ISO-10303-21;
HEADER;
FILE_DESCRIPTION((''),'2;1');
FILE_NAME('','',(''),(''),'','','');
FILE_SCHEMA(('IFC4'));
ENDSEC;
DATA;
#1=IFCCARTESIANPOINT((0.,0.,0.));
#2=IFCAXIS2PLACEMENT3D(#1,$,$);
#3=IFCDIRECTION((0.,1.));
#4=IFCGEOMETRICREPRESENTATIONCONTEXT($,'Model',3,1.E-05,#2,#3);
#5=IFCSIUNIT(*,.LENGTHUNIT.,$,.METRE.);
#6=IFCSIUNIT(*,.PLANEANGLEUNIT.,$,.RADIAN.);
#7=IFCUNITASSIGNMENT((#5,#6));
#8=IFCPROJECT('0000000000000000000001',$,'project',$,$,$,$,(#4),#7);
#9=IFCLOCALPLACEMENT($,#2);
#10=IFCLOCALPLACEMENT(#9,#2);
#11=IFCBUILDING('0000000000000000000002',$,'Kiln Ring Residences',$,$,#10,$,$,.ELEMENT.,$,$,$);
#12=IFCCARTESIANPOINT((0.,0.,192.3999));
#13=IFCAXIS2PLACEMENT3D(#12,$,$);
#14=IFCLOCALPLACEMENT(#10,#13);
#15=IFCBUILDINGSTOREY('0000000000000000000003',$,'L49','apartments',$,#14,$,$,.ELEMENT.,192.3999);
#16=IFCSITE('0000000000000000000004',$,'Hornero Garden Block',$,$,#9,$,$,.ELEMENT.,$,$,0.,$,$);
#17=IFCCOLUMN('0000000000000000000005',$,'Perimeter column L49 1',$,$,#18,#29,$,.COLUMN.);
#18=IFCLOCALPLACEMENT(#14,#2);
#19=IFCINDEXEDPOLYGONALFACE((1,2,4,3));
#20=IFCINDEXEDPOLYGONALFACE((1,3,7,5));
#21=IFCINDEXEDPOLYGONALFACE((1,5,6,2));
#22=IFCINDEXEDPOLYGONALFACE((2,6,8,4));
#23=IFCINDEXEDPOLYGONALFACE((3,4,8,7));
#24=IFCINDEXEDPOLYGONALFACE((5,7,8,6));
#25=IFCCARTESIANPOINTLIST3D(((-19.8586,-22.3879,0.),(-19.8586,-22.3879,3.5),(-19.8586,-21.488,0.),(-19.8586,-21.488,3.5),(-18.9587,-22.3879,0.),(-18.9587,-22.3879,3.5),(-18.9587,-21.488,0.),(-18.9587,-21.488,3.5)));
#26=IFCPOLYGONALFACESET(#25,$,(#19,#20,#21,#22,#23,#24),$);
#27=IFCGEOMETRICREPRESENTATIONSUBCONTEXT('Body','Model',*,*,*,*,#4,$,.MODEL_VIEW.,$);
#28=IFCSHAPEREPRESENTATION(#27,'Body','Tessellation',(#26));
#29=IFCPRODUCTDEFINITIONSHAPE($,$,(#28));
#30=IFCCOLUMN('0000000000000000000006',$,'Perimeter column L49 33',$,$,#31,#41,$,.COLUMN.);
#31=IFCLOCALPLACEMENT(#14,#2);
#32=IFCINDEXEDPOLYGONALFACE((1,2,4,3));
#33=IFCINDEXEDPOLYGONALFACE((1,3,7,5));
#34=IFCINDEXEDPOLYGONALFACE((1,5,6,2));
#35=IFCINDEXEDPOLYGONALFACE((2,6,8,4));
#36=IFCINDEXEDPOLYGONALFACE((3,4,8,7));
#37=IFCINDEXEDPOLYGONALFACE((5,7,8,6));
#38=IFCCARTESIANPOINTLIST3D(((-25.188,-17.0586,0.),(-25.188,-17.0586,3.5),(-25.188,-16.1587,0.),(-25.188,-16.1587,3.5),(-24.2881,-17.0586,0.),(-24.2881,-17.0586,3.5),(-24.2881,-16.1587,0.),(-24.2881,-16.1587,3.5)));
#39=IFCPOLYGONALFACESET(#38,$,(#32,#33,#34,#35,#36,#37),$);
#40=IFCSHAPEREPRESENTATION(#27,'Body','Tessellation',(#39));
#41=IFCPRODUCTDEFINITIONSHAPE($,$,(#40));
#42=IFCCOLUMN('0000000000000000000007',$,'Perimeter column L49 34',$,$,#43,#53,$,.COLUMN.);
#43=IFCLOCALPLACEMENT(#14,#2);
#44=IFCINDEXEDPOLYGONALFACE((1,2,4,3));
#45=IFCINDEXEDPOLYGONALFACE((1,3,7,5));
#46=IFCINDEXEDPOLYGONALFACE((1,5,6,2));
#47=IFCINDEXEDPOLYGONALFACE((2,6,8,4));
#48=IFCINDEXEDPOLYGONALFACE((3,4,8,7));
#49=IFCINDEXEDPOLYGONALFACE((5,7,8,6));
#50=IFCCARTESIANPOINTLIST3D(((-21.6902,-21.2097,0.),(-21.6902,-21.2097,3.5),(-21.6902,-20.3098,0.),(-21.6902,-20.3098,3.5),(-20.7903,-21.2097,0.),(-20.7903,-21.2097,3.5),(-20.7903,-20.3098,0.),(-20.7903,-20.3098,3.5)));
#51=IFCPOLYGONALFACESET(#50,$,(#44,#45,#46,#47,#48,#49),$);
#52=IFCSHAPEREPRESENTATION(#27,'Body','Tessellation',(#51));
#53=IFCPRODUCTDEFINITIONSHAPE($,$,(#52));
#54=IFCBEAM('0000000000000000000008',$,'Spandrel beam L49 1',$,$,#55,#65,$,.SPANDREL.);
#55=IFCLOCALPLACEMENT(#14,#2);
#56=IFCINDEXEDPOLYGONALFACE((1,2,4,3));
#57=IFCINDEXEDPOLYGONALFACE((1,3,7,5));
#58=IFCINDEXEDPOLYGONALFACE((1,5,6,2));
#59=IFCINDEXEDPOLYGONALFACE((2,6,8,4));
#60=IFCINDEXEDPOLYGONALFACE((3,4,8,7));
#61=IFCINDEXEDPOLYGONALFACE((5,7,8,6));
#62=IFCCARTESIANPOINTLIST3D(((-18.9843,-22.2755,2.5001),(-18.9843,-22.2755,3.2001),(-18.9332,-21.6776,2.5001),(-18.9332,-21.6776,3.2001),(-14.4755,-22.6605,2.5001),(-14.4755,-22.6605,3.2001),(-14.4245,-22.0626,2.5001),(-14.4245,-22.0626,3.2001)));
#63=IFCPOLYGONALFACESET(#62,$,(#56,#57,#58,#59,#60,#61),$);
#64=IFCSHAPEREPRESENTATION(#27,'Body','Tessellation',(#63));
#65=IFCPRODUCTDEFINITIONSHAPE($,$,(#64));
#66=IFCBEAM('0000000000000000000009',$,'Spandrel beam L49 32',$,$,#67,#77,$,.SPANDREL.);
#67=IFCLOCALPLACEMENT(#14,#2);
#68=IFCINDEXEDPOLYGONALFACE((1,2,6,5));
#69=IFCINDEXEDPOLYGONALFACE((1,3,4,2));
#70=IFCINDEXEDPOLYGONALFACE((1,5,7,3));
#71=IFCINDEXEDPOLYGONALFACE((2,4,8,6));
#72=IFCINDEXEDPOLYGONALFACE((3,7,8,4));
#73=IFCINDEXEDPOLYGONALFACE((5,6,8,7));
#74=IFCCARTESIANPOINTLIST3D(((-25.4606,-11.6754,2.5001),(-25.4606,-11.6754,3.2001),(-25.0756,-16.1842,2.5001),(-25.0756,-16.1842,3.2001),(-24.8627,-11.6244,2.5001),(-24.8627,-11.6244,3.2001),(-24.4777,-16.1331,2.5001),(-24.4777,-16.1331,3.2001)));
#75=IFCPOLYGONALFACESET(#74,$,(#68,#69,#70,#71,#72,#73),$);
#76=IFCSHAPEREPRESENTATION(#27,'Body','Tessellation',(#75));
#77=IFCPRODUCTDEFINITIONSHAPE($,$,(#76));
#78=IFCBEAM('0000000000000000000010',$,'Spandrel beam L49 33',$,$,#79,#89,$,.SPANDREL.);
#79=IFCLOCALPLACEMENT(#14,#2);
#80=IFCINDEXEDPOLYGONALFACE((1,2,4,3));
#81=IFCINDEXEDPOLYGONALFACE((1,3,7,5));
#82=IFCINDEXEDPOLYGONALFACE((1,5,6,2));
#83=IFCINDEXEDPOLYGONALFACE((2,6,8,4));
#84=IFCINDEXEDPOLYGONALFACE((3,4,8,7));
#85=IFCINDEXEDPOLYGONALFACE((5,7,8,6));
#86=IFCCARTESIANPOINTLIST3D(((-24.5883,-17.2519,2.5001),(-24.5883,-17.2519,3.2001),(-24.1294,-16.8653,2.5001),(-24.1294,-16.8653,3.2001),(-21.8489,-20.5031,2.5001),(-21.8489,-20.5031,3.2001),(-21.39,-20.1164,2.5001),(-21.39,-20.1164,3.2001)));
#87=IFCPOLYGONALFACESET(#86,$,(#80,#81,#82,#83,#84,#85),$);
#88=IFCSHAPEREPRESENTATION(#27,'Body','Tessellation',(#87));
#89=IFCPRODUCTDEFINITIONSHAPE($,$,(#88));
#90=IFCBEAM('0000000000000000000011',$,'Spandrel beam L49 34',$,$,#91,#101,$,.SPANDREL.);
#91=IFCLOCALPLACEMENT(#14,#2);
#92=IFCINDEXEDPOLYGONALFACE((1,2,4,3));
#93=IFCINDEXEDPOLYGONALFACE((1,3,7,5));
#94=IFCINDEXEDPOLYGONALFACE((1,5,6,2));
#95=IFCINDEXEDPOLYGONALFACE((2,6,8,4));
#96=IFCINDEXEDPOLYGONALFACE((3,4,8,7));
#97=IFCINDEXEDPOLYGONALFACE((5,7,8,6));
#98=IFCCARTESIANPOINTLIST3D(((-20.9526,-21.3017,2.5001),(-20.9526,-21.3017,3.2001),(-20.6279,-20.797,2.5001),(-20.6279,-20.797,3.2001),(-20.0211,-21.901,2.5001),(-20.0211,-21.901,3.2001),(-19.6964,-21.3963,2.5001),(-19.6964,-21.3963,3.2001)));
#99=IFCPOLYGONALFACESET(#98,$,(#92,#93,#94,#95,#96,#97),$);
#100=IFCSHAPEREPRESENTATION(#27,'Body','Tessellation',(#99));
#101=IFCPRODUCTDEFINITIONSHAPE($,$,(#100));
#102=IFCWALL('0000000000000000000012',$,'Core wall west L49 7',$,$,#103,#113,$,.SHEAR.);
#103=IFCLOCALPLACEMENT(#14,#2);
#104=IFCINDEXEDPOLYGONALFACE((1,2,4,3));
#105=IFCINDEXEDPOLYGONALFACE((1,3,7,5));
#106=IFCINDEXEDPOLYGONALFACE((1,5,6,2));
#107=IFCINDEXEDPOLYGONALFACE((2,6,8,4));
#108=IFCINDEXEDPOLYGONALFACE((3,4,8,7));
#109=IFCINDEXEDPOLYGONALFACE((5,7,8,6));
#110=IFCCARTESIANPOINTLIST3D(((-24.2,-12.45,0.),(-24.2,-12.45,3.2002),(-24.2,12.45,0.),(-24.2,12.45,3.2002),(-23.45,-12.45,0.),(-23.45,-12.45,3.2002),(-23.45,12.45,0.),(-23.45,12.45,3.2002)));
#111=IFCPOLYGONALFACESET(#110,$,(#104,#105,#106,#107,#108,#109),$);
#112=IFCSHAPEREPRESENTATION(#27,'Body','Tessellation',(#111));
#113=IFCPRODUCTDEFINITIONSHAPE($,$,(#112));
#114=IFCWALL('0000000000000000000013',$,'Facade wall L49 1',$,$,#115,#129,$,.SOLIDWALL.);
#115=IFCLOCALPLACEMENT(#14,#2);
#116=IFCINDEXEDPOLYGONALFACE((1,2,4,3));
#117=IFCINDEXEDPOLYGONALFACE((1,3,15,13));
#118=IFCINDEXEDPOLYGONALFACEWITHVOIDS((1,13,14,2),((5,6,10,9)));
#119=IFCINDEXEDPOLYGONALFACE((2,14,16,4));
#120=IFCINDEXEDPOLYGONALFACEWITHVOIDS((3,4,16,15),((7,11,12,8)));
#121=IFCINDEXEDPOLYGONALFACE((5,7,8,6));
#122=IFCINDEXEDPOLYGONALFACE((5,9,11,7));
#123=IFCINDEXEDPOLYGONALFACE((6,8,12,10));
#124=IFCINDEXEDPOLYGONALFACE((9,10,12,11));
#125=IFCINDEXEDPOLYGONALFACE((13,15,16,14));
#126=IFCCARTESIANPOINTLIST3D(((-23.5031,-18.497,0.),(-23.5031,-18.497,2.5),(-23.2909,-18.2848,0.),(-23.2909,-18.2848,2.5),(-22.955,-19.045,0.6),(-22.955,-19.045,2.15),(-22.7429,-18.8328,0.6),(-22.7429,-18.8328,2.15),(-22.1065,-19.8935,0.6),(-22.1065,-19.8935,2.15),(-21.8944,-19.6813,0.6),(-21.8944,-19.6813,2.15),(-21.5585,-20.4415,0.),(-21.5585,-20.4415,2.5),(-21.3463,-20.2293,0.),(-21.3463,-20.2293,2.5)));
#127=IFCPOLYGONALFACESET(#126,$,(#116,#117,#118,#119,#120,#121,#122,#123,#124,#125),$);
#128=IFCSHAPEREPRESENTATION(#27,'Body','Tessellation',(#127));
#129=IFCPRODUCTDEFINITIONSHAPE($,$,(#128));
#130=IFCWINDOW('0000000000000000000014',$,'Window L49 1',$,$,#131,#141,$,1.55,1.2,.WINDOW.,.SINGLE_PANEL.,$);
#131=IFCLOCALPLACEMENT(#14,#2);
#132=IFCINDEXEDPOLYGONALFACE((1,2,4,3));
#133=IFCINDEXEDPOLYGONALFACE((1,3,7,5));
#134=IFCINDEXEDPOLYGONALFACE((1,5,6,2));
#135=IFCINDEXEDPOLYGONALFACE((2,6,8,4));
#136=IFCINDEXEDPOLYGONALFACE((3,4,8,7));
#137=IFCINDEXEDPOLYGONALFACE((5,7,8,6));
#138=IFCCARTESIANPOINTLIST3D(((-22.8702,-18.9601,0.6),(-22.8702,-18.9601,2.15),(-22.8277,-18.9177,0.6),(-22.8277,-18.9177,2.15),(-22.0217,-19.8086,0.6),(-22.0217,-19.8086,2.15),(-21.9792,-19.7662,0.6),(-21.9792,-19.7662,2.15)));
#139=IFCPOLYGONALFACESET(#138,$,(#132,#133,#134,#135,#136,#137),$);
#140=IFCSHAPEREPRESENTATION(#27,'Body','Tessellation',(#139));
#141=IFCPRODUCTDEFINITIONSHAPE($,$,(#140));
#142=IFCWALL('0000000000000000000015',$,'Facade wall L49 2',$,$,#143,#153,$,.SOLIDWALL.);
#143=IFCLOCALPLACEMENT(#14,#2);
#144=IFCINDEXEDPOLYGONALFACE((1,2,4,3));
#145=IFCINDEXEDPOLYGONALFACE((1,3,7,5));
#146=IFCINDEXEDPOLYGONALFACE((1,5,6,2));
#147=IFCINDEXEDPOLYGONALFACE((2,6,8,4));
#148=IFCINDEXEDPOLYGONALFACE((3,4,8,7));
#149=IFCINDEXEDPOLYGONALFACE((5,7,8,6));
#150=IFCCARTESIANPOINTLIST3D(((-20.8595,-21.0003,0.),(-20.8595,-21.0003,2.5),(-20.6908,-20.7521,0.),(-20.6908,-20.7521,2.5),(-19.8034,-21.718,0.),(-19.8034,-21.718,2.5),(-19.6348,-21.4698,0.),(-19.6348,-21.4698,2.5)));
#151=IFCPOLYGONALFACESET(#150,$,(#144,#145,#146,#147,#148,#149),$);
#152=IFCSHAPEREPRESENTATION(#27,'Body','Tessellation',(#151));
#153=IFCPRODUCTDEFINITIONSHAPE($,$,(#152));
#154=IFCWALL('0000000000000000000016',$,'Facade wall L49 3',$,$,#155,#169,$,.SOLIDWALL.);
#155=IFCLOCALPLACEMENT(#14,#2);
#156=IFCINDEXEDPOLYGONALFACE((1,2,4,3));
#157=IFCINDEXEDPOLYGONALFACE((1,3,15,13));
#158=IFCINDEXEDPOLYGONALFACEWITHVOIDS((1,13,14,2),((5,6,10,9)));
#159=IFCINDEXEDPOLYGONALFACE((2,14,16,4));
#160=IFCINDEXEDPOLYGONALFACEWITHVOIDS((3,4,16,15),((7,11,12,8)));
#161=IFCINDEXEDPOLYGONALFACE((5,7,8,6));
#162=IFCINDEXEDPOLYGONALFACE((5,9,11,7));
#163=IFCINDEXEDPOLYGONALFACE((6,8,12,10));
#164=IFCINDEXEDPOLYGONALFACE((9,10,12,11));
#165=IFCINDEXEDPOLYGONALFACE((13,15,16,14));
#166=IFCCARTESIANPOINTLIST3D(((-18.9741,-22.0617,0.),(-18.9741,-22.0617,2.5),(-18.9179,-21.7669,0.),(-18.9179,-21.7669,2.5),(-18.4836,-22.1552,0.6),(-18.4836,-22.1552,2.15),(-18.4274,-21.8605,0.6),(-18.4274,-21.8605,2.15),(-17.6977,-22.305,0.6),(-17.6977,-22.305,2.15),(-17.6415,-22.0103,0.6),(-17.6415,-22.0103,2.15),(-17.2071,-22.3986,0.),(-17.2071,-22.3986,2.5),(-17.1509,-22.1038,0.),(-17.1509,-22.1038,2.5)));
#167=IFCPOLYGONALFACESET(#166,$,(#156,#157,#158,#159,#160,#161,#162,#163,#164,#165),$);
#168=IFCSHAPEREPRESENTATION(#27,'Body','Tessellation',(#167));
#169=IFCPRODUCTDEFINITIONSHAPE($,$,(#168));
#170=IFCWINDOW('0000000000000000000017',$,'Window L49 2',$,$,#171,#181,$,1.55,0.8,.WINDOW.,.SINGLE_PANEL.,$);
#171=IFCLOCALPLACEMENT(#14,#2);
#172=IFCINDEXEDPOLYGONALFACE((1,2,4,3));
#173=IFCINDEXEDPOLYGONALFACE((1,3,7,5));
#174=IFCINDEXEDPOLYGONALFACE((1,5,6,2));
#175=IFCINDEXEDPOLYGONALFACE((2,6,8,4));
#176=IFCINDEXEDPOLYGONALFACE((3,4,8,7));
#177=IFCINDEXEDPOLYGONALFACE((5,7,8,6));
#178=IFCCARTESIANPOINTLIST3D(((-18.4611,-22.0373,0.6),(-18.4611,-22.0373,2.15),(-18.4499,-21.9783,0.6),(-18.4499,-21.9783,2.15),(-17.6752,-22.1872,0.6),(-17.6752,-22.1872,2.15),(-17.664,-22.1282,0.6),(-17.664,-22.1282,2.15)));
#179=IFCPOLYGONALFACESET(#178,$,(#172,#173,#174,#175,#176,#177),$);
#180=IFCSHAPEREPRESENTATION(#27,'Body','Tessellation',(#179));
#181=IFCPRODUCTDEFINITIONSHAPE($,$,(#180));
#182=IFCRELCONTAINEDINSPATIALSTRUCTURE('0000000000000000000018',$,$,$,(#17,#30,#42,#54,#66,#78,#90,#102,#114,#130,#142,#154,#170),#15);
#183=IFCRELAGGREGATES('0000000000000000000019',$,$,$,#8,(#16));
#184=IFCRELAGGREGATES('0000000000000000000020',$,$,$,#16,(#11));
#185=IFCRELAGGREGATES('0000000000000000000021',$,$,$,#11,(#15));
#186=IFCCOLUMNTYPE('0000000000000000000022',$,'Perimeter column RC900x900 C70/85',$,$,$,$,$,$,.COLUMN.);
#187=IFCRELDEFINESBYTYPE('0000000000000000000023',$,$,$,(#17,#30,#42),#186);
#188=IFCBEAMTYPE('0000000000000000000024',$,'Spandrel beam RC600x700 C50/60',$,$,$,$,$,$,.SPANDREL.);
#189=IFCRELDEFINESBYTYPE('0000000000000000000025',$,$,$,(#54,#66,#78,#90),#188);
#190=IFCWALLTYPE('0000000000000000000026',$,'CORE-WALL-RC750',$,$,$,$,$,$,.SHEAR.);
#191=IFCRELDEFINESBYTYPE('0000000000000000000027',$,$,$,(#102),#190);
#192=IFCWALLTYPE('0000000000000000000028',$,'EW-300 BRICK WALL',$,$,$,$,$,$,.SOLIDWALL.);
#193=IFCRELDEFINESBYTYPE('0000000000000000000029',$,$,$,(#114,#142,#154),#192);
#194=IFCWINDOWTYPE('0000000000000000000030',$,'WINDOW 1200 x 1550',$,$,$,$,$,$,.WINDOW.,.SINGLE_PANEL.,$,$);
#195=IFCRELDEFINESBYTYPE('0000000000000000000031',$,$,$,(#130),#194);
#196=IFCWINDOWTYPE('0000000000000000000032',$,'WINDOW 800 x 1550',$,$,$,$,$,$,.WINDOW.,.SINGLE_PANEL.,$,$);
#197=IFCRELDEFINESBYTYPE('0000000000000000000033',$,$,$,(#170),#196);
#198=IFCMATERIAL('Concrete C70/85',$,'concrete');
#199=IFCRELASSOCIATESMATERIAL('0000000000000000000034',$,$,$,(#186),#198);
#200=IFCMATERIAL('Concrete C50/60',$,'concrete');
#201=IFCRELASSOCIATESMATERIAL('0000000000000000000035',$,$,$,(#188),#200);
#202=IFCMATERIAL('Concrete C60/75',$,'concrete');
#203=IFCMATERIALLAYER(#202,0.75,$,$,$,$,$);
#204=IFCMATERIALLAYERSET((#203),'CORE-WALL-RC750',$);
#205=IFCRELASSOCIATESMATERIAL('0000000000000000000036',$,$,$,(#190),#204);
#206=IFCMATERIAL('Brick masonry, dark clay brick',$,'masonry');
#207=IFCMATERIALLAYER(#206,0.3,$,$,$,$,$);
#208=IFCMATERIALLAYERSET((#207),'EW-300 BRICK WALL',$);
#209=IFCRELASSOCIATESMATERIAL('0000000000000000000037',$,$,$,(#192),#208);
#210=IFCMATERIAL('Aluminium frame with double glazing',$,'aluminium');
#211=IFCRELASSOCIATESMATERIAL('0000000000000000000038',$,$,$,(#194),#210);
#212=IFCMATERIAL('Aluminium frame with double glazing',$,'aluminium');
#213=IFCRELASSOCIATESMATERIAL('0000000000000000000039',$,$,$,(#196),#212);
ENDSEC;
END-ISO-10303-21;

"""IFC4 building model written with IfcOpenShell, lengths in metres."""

from ifc_helpers import new_model, si_unit, direction, frame, frame_2d, origin, origin_2d, place, context, subcontext, project, spatial, rectangle, extrude, material, layer, layer_set, material_profile, profile_set, type_object, element, fill, save


model = new_model("IFC4")

# Units and contexts
model_context = context("Model", 3, precision=1e-05, world=origin(), true_north=direction((0.0, 1.0)))
body_context = subcontext(model_context, "Body", "Model", "MODEL_VIEW")
ifc_project = project(units=[si_unit("LENGTHUNIT", "METRE"), si_unit("PLANEANGLEUNIT", "RADIAN")], contexts=[model_context])

# Site, building, storey
site_placement = place(None, origin())
site = spatial("IfcSite", under=ifc_project, at=site_placement, Name="Hornero Garden Block", CompositionType="ELEMENT", RefElevation=0.0)
building_placement = place(site_placement, origin())
building = spatial("IfcBuilding", under=site, at=building_placement, Name="Kiln Ring Residences", CompositionType="ELEMENT")
storey_placement = place(building_placement, frame((0.0, 0.0, 192.3999)))
storey = spatial("IfcBuildingStorey", under=building, at=storey_placement, Name="L49", Description="apartments", CompositionType="ELEMENT", Elevation=192.3999)

# Columns
ifc_material_1 = material(Name="Concrete C70/85", Category="concrete")
ifc_material_profile_1 = material_profile(ifc_material_1, rectangle(XDim=0.8999, YDim=0.8999, at=origin_2d()), Name="RC900x900")
ifc_profile_set_1 = profile_set([ifc_material_profile_1], Name="Concrete C70/85")
column_type = type_object("IfcColumnType", Name="Perimeter column RC900x900 C70/85", PredefinedType="COLUMN", material=ifc_profile_set_1)
for number, where, z_axis, x_axis, name in (
    (1, (-19.4087, -21.938, 0.0), (0.0, 0.0, 1.0), (1.0, 0.0, 0.0), "Perimeter column L49 1"),
    (2, (-24.738, -16.6086, 0.0), (0.0, 0.0, 1.0), (1.0, 0.0, 0.0), "Perimeter column L49 33"),
    (3, (-21.2402, -20.7598, 0.0), (0.0, 0.0, 1.0), (1.0, 0.0, 0.0), "Perimeter column L49 34"),
):
    element("IfcColumn", number, at=place(storey_placement, frame(where, z_axis=z_axis, x_axis=x_axis)), inside=storey, type_object=column_type, Name=name, PredefinedType="COLUMN", context=body_context, shape_type="SweptSolid", body=[
        extrude(rectangle(XDim=0.8999, YDim=0.8999, at=origin_2d()), origin(), (0.0, 0.0, 1.0), 3.5),
    ])

# Beams
ifc_material_2 = material(Name="Concrete C50/60", Category="concrete")
ifc_material_profile_2 = material_profile(ifc_material_2, rectangle(XDim=0.6001, YDim=0.7, at=origin_2d()), Name="RC600x700")
ifc_profile_set_2 = profile_set([ifc_material_profile_2], Name="Concrete C50/60")
beam_type = type_object("IfcBeamType", Name="Spandrel beam RC600x700 C50/60", PredefinedType="SPANDREL", material=ifc_profile_set_2)
for number, where, z_axis, x_axis, name in (
    (4, (-18.9587, -21.9766, 2.8501), (0.996374, -0.085081, 0.0), (0.085081, 0.996374, 0.0), "Spandrel beam L49 1"),
    (5, (-25.1616, -11.6499, 2.8501), (0.085081, -0.996374, 0.0), (0.996374, 0.085081, 0.0), "Spandrel beam L49 32"),
):
    element("IfcBeam", number, at=place(storey_placement, frame(where, z_axis=z_axis, x_axis=x_axis)), inside=storey, type_object=beam_type, Name=name, PredefinedType="SPANDREL", context=body_context, shape_type="SweptSolid", body=[
        extrude(rectangle(XDim=0.6001, YDim=0.7, at=origin_2d()), origin(), (0.0, 0.0, 1.0), 4.5251),
    ])
beam_1_placement = place(storey_placement, frame((-24.3589, -17.0586, 2.8501), z_axis=(0.64436, -0.764722, 0.0), x_axis=(0.764722, 0.64436, 0.0)))
element("IfcBeam", 6, at=beam_1_placement, inside=storey, type_object=beam_type, Name="Spandrel beam L49 33", PredefinedType="SPANDREL", context=body_context, shape_type="SweptSolid", body=[
    extrude(rectangle(XDim=0.6001, YDim=0.7, at=origin_2d()), origin(), (0.0, 0.0, 1.0), 4.2515),
])
beam_2_placement = place(storey_placement, frame((-20.7903, -21.0493, 2.8501), z_axis=(0.840992, -0.541047, 0.0), x_axis=(0.541047, 0.840992, 0.0)))
element("IfcBeam", 7, at=beam_2_placement, inside=storey, type_object=beam_type, Name="Spandrel beam L49 34", PredefinedType="SPANDREL", context=body_context, shape_type="SweptSolid", body=[
    extrude(rectangle(XDim=0.6001, YDim=0.7, at=origin_2d()), origin(), (0.0, 0.0, 1.0), 1.1077),
])

# Wall
ifc_material_3 = material(Name="Concrete C60/75", Category="concrete")
ifc_layer_1 = layer(ifc_material_3, 0.75)
ifc_layer_set_1 = layer_set([ifc_layer_1], Name="CORE-WALL-RC750")
wall_type_1 = type_object("IfcWallType", Name="CORE-WALL-RC750", PredefinedType="SHEAR", material=ifc_layer_set_1)
wall_1_placement = place(storey_placement, frame((-23.825, -12.45, 0.0), z_axis=(0.0, 0.0, 1.0), x_axis=(0.0, 1.0, 0.0)))
element("IfcWall", 8, at=wall_1_placement, inside=storey, type_object=wall_type_1, Name="Core wall west L49 7", PredefinedType="SHEAR", context=body_context, shape_type="SweptSolid", body=[
    extrude(rectangle(XDim=24.8999, YDim=0.75, at=frame_2d((12.45, 0.0))), origin(), (0.0, 0.0, 1.0), 3.2002),
])

# Wall, opening, window
ifc_material_4 = material(Name="Brick masonry, dark clay brick", Category="masonry")
ifc_layer_2 = layer(ifc_material_4, 0.3)
ifc_layer_set_2 = layer_set([ifc_layer_2], Name="EW-300 BRICK WALL")
wall_type_2 = type_object("IfcWallType", Name="EW-300 BRICK WALL", PredefinedType="SOLIDWALL", material=ifc_layer_set_2)
wall_2_placement = place(storey_placement, frame((-23.397, -18.3909, 0.0), z_axis=(0.0, 0.0, 1.0), x_axis=(0.707107, -0.707107, 0.0)))
wall_2 = element("IfcWall", 9, at=wall_2_placement, inside=storey, type_object=wall_type_2, Name="Facade wall L49 1", PredefinedType="SOLIDWALL", context=body_context, shape_type="SweptSolid", body=[
    extrude(rectangle(XDim=2.75, YDim=0.3, at=frame_2d((1.375, 0.0))), origin(), (0.0, 0.0, 1.0), 2.5),
])
opening_1_placement = place(wall_2_placement, frame((0.7749, 0.0, 0.6001)))
opening_1 = element("IfcOpeningElement", 10, at=opening_1_placement, cuts=wall_2, PredefinedType="OPENING", context=body_context, shape_type="SweptSolid", body=[
    extrude(rectangle(XDim=1.2, YDim=1.55, at=frame_2d((0.6001, 0.7749))), frame((0.0, 0.1599, 0.0), z_axis=(0.0, -1.0, 0.0), x_axis=(1.0, 0.0, 0.0)), (0.0, 0.0, 1.0), 0.3201),
])
ifc_material_5 = material(Name="Aluminium frame with double glazing", Category="aluminium")
window_type_1 = type_object("IfcWindowType", Name="WINDOW 1200 x 1550", PartitioningType="SINGLE_PANEL", PredefinedType="WINDOW", material=ifc_material_5)
window_1_placement = place(opening_1_placement, origin())
window_1 = element("IfcWindow", 11, at=window_1_placement, inside=storey, type_object=window_type_1, Name="Window L49 1", OverallHeight=1.55, OverallWidth=1.2, PartitioningType="SINGLE_PANEL", PredefinedType="WINDOW", context=body_context, shape_type="SweptSolid", body=[
    extrude(rectangle(XDim=1.2, YDim=1.55, at=frame_2d((0.6001, 0.7749))), frame((0.0, 0.03, 0.0), z_axis=(0.0, -1.0, 0.0), x_axis=(1.0, 0.0, 0.0)), (0.0, 0.0, 1.0), 0.0601),
])
fill(opening_1, window_1)

# Wall
wall_3_placement = place(storey_placement, frame((-20.7751, -20.8762, 0.0), z_axis=(0.0, 0.0, 1.0), x_axis=(0.827076, -0.56209, 0.0)))
element("IfcWall", 12, at=wall_3_placement, inside=storey, type_object=wall_type_2, Name="Facade wall L49 2", PredefinedType="SOLIDWALL", context=body_context, shape_type="SweptSolid", body=[
    extrude(rectangle(XDim=1.2769, YDim=0.3, at=frame_2d((0.6384, 0.0))), origin(), (0.0, 0.0, 1.0), 2.5),
])

# Wall, opening, window
wall_4_placement = place(storey_placement, frame((-18.946, -21.9143, 0.0), z_axis=(0.0, 0.0, 1.0), x_axis=(0.982305, -0.187287, 0.0)))
wall_4 = element("IfcWall", 13, at=wall_4_placement, inside=storey, type_object=wall_type_2, Name="Facade wall L49 3", PredefinedType="SOLIDWALL", context=body_context, shape_type="SweptSolid", body=[
    extrude(rectangle(XDim=1.7988, YDim=0.3, at=frame_2d((0.8994, 0.0))), origin(), (0.0, 0.0, 1.0), 2.5),
])
opening_2_placement = place(wall_4_placement, frame((0.4995, 0.0, 0.6001)))
opening_2 = element("IfcOpeningElement", 14, at=opening_2_placement, cuts=wall_4, PredefinedType="OPENING", context=body_context, shape_type="SweptSolid", body=[
    extrude(rectangle(XDim=0.8, YDim=1.55, at=frame_2d((0.3999, 0.7749))), frame((0.0, 0.1599, 0.0), z_axis=(0.0, -1.0, 0.0), x_axis=(1.0, 0.0, 0.0)), (0.0, 0.0, 1.0), 0.3201),
])
ifc_material_6 = material(Name="Aluminium frame with double glazing", Category="aluminium")
window_type_2 = type_object("IfcWindowType", Name="WINDOW 800 x 1550", PartitioningType="SINGLE_PANEL", PredefinedType="WINDOW", material=ifc_material_6)
window_2_placement = place(opening_2_placement, origin())
window_2 = element("IfcWindow", 15, at=window_2_placement, inside=storey, type_object=window_type_2, Name="Window L49 2", OverallHeight=1.55, OverallWidth=0.8, PartitioningType="SINGLE_PANEL", PredefinedType="WINDOW", context=body_context, shape_type="SweptSolid", body=[
    extrude(rectangle(XDim=0.8, YDim=1.55, at=frame_2d((0.3999, 0.7749))), frame((0.0, 0.03, 0.0), z_axis=(0.0, -1.0, 0.0), x_axis=(1.0, 0.0, 0.0)), (0.0, 0.0, 1.0), 0.0601),
])
fill(opening_2, window_2)

save(model, "model.ifc")
